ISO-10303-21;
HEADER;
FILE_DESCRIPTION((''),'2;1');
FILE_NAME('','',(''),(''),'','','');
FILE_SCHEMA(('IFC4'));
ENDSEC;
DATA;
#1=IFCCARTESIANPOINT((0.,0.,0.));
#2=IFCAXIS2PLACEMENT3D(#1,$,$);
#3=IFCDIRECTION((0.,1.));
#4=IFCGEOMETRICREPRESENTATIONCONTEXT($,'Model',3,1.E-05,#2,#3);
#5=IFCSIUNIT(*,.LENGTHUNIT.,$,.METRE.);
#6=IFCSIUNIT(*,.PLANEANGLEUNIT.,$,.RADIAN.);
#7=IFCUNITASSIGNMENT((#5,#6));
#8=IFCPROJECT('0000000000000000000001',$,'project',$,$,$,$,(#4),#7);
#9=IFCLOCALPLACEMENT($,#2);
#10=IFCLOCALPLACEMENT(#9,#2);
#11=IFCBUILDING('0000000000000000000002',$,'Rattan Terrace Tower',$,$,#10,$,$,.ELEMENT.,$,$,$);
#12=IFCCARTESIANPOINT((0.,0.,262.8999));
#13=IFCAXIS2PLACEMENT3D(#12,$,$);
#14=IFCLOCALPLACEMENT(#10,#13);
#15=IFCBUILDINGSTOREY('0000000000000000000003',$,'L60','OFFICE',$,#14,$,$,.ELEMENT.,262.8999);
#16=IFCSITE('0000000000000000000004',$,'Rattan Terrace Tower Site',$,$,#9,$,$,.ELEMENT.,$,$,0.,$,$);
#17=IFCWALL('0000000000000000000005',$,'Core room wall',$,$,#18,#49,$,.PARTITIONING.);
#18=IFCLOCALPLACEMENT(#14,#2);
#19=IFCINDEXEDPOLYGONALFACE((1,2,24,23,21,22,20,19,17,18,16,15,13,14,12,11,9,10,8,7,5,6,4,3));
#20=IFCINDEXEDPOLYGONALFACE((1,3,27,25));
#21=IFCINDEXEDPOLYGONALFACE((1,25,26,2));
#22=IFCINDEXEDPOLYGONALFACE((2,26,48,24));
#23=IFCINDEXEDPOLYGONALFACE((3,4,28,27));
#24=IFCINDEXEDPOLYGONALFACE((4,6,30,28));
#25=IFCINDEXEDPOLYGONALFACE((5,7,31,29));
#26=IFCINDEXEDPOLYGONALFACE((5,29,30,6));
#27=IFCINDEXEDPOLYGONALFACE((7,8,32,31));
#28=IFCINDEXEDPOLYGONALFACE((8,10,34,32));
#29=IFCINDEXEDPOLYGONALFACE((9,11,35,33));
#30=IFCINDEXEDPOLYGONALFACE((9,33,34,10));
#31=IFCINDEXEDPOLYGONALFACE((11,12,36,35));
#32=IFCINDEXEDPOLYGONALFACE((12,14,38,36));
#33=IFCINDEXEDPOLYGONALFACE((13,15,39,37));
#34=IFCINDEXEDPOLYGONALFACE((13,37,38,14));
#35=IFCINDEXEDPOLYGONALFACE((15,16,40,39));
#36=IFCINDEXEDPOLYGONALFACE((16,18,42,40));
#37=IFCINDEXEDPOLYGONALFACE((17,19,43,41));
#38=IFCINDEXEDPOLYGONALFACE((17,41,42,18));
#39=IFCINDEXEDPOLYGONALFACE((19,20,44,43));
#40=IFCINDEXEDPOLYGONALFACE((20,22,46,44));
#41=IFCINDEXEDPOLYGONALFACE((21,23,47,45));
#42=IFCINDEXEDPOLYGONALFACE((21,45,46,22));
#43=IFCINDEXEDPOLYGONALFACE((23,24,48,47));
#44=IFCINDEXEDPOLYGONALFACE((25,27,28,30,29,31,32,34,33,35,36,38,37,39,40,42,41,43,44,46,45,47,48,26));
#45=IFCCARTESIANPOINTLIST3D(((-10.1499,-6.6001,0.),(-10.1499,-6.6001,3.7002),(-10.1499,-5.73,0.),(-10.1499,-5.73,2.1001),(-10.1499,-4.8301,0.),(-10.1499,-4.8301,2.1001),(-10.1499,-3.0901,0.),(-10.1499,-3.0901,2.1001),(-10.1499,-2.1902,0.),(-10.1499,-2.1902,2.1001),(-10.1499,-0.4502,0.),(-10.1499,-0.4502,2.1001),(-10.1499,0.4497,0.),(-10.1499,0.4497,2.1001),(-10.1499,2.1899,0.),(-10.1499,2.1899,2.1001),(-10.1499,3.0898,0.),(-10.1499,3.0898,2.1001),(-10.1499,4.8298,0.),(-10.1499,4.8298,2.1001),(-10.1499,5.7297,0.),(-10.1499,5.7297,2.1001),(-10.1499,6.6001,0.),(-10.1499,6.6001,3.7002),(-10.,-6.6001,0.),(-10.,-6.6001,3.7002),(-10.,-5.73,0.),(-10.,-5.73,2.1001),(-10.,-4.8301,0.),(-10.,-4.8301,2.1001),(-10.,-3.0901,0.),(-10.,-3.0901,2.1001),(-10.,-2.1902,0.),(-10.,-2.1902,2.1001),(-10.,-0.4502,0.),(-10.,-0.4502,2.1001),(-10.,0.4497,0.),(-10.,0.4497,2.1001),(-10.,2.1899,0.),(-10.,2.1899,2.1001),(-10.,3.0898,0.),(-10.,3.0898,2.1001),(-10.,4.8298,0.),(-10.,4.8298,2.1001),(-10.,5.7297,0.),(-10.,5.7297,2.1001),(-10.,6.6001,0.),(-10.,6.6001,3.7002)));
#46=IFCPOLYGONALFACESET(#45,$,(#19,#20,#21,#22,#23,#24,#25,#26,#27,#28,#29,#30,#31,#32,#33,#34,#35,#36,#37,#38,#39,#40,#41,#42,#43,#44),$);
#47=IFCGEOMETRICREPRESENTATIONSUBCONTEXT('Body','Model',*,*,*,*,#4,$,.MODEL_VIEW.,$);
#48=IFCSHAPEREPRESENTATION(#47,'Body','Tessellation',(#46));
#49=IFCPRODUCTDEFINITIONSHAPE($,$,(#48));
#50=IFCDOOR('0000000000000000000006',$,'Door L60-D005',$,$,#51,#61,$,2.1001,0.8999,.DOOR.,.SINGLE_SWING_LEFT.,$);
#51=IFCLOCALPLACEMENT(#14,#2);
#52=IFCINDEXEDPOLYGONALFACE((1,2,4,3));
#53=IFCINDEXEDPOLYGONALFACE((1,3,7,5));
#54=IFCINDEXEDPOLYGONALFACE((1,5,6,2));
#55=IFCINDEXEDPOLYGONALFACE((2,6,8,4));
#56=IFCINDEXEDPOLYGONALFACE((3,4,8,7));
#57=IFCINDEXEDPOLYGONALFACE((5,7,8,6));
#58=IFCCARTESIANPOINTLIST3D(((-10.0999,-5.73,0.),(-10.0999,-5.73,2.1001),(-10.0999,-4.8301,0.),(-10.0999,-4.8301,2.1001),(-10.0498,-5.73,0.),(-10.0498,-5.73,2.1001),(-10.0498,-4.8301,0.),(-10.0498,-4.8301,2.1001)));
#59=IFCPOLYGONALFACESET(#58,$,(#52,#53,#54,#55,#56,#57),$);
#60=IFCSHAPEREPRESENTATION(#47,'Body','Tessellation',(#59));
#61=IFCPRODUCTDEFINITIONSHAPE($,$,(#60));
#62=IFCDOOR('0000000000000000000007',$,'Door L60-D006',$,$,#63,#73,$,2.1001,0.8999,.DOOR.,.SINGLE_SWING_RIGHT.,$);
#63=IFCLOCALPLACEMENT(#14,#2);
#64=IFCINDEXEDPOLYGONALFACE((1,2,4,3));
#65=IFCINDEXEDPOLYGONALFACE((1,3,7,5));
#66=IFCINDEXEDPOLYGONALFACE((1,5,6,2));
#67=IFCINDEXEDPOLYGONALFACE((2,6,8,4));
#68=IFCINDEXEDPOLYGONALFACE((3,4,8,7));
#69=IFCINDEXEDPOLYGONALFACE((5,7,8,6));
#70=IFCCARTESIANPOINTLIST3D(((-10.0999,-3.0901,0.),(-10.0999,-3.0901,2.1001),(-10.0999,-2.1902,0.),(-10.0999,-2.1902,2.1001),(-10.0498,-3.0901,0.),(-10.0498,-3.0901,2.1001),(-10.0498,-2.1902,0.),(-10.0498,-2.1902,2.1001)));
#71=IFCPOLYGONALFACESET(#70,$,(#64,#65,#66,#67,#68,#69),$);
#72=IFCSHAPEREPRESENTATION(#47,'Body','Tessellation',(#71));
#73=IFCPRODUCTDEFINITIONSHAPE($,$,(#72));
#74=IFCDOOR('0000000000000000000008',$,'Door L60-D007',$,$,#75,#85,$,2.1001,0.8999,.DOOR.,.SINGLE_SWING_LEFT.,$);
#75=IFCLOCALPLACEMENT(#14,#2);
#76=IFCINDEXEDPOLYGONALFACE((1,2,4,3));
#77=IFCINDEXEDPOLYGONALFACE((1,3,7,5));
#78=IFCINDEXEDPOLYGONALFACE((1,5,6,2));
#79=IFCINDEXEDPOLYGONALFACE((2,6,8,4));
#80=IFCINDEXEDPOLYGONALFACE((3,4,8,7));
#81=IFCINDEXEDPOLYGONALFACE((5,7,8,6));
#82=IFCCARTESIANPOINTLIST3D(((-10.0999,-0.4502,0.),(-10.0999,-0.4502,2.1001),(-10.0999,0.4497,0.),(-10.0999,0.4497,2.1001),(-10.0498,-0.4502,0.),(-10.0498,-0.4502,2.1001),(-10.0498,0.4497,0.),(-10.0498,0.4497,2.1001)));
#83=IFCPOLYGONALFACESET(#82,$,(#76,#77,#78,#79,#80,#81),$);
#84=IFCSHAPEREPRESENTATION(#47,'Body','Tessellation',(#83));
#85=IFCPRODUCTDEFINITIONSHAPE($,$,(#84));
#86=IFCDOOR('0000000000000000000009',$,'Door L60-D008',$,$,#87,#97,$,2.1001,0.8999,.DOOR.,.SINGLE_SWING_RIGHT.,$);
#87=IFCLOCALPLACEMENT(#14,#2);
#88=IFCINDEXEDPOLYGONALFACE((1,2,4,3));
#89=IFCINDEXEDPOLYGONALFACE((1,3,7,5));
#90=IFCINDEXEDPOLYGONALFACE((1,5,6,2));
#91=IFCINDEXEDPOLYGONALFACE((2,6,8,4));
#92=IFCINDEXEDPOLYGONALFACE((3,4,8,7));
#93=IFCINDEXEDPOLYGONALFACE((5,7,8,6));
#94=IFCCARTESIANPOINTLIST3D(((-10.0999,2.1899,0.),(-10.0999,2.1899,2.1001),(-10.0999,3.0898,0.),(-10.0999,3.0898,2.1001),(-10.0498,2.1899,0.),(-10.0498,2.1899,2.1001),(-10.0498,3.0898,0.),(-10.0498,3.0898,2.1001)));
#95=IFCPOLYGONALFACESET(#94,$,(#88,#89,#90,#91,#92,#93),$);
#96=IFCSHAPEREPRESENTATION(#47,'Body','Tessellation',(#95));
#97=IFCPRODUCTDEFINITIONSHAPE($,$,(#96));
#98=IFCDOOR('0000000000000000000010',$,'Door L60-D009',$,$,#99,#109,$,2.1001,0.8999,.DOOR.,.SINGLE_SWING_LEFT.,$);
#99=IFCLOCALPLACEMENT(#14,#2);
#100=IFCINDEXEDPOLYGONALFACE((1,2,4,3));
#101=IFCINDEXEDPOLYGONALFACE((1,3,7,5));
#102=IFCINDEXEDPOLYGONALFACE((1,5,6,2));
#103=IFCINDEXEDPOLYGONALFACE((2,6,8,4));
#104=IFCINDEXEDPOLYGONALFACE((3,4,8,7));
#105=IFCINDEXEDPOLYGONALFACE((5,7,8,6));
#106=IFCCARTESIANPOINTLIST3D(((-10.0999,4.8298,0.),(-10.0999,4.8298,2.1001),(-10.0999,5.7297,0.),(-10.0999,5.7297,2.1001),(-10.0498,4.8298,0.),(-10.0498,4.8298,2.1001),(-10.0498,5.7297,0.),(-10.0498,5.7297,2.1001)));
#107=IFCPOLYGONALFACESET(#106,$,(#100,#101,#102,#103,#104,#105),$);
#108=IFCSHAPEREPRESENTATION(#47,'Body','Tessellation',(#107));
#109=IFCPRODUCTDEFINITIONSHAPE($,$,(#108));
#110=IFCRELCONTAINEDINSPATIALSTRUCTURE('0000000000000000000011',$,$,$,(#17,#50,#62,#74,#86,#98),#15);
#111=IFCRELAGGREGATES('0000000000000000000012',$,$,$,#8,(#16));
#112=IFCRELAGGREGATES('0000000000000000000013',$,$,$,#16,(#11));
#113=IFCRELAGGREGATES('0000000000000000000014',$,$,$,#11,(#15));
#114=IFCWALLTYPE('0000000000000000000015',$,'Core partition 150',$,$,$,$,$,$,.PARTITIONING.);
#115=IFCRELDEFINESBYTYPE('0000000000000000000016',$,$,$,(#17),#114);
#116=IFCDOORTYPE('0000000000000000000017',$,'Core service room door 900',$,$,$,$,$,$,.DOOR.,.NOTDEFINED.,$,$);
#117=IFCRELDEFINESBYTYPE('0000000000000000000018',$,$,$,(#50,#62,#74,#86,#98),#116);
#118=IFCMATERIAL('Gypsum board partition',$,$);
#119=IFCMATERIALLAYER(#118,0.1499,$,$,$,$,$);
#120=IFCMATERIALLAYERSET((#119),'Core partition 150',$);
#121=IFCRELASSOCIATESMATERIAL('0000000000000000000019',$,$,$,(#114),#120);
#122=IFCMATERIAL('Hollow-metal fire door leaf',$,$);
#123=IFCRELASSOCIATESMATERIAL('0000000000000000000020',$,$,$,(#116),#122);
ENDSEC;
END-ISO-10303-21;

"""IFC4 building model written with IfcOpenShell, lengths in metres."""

from ifc_helpers import new_model, si_unit, direction, frame, frame_2d, origin, place, context, subcontext, project, spatial, rectangle, extrude, material, layer, layer_set, type_object, element, fill, save


model = new_model("IFC4")

# Units and contexts
model_context = context("Model", 3, precision=1e-05, world=origin(), true_north=direction((0.0, 1.0)))
body_context = subcontext(model_context, "Body", "Model", "MODEL_VIEW")
ifc_project = project(units=[si_unit("LENGTHUNIT", "METRE"), si_unit("PLANEANGLEUNIT", "RADIAN")], contexts=[model_context])

# Site, building, storey
site_placement = place(None, origin())
site = spatial("IfcSite", under=ifc_project, at=site_placement, Name="Rattan Terrace Tower Site", CompositionType="ELEMENT", RefElevation=0.0)
building_placement = place(site_placement, origin())
building = spatial("IfcBuilding", under=site, at=building_placement, Name="Rattan Terrace Tower", CompositionType="ELEMENT")
storey_placement = place(building_placement, frame((0.0, 0.0, 262.8999)))
storey = spatial("IfcBuildingStorey", under=building, at=storey_placement, Name="L60", Description="OFFICE", CompositionType="ELEMENT", Elevation=262.8999)

# Wall, openings, doors
ifc_material_1 = material(Name="Gypsum board partition")
ifc_layer_1 = layer(ifc_material_1, 0.1499)
ifc_layer_set_1 = layer_set([ifc_layer_1], Name="Core partition 150")
wall_type_1 = type_object("IfcWallType", Name="Core partition 150", PredefinedType="PARTITIONING", material=ifc_layer_set_1)
wall_1_placement = place(storey_placement, frame((-10.075, -6.6001, 0.0), z_axis=(0.0, 0.0, 1.0), x_axis=(0.0, 1.0, 0.0)))
wall_1 = element("IfcWall", 1, at=wall_1_placement, inside=storey, type_object=wall_type_1, Name="Core room wall", PredefinedType="PARTITIONING", context=body_context, shape_type="SweptSolid", body=[
    extrude(rectangle(XDim=13.2002, YDim=0.1499, at=frame_2d((6.6001, 0.0))), origin(), (0.0, 0.0, 1.0), 3.7002),
])
opening_1_placement = place(wall_1_placement, frame((0.8701, 0.0, 0.0)))
opening_1 = element("IfcOpeningElement", 2, at=opening_1_placement, cuts=wall_1, PredefinedType="OPENING", context=body_context, shape_type="SweptSolid", body=[
    extrude(rectangle(XDim=0.8999, YDim=2.1001, at=frame_2d((0.45, 1.05))), frame((0.0, 0.0854, 0.0), z_axis=(0.0, -1.0, 0.0), x_axis=(1.0, 0.0, 0.0)), (0.0, 0.0, 1.0), 0.1709),
])
opening_2_placement = place(wall_1_placement, frame((3.51, 0.0, 0.0)))
opening_2 = element("IfcOpeningElement", 3, at=opening_2_placement, cuts=wall_1, PredefinedType="OPENING", context=body_context, shape_type="SweptSolid", body=[
    extrude(rectangle(XDim=0.8999, YDim=2.1001, at=frame_2d((0.45, 1.05))), frame((0.0, 0.0854, 0.0), z_axis=(0.0, -1.0, 0.0), x_axis=(1.0, 0.0, 0.0)), (0.0, 0.0, 1.0), 0.1709),
])
opening_3_placement = place(wall_1_placement, frame((6.1499, 0.0, 0.0)))
opening_3 = element("IfcOpeningElement", 4, at=opening_3_placement, cuts=wall_1, PredefinedType="OPENING", context=body_context, shape_type="SweptSolid", body=[
    extrude(rectangle(XDim=0.8999, YDim=2.1001, at=frame_2d((0.45, 1.05))), frame((0.0, 0.0854, 0.0), z_axis=(0.0, -1.0, 0.0), x_axis=(1.0, 0.0, 0.0)), (0.0, 0.0, 1.0), 0.1709),
])
opening_4_placement = place(wall_1_placement, frame((8.79, 0.0, 0.0)))
opening_4 = element("IfcOpeningElement", 5, at=opening_4_placement, cuts=wall_1, PredefinedType="OPENING", context=body_context, shape_type="SweptSolid", body=[
    extrude(rectangle(XDim=0.8999, YDim=2.1001, at=frame_2d((0.45, 1.05))), frame((0.0, 0.0854, 0.0), z_axis=(0.0, -1.0, 0.0), x_axis=(1.0, 0.0, 0.0)), (0.0, 0.0, 1.0), 0.1709),
])
opening_5_placement = place(wall_1_placement, frame((11.4299, 0.0, 0.0)))
opening_5 = element("IfcOpeningElement", 6, at=opening_5_placement, cuts=wall_1, PredefinedType="OPENING", context=body_context, shape_type="SweptSolid", body=[
    extrude(rectangle(XDim=0.8999, YDim=2.1001, at=frame_2d((0.45, 1.05))), frame((0.0, 0.0854, 0.0), z_axis=(0.0, -1.0, 0.0), x_axis=(1.0, 0.0, 0.0)), (0.0, 0.0, 1.0), 0.1709),
])
ifc_material_2 = material(Name="Hollow-metal fire door leaf")
door_type_1 = type_object("IfcDoorType", Name="Core service room door 900", OperationType="NOTDEFINED", PredefinedType="DOOR", material=ifc_material_2)
door_1_placement = place(opening_1_placement, origin())
door_1 = element("IfcDoor", 7, at=door_1_placement, inside=storey, type_object=door_type_1, Name="Door L60-D005", OperationType="SINGLE_SWING_LEFT", OverallHeight=2.1001, OverallWidth=0.8999, PredefinedType="DOOR", context=body_context, shape_type="SweptSolid", body=[
    extrude(rectangle(XDim=0.8999, YDim=2.1001, at=frame_2d((0.45, 1.05))), frame((0.0, 0.0249, 0.0), z_axis=(0.0, -1.0, 0.0), x_axis=(1.0, 0.0, 0.0)), (0.0, 0.0, 1.0), 0.05),
])
fill(opening_1, door_1)
door_2_placement = place(opening_2_placement, origin())
door_2 = element("IfcDoor", 8, at=door_2_placement, inside=storey, type_object=door_type_1, Name="Door L60-D006", OperationType="SINGLE_SWING_RIGHT", OverallHeight=2.1001, OverallWidth=0.8999, PredefinedType="DOOR", context=body_context, shape_type="SweptSolid", body=[
    extrude(rectangle(XDim=0.8999, YDim=2.1001, at=frame_2d((0.45, 1.05))), frame((0.0, 0.0249, 0.0), z_axis=(0.0, -1.0, 0.0), x_axis=(1.0, 0.0, 0.0)), (0.0, 0.0, 1.0), 0.05),
])
fill(opening_2, door_2)
door_3_placement = place(opening_3_placement, origin())
door_3 = element("IfcDoor", 9, at=door_3_placement, inside=storey, type_object=door_type_1, Name="Door L60-D007", OperationType="SINGLE_SWING_LEFT", OverallHeight=2.1001, OverallWidth=0.8999, PredefinedType="DOOR", context=body_context, shape_type="SweptSolid", body=[
    extrude(rectangle(XDim=0.8999, YDim=2.1001, at=frame_2d((0.45, 1.05))), frame((0.0, 0.0249, 0.0), z_axis=(0.0, -1.0, 0.0), x_axis=(1.0, 0.0, 0.0)), (0.0, 0.0, 1.0), 0.05),
])
fill(opening_3, door_3)
door_4_placement = place(opening_4_placement, origin())
door_4 = element("IfcDoor", 10, at=door_4_placement, inside=storey, type_object=door_type_1, Name="Door L60-D008", OperationType="SINGLE_SWING_RIGHT", OverallHeight=2.1001, OverallWidth=0.8999, PredefinedType="DOOR", context=body_context, shape_type="SweptSolid", body=[
    extrude(rectangle(XDim=0.8999, YDim=2.1001, at=frame_2d((0.45, 1.05))), frame((0.0, 0.0249, 0.0), z_axis=(0.0, -1.0, 0.0), x_axis=(1.0, 0.0, 0.0)), (0.0, 0.0, 1.0), 0.05),
])
fill(opening_4, door_4)
door_5_placement = place(opening_5_placement, origin())
door_5 = element("IfcDoor", 11, at=door_5_placement, inside=storey, type_object=door_type_1, Name="Door L60-D009", OperationType="SINGLE_SWING_LEFT", OverallHeight=2.1001, OverallWidth=0.8999, PredefinedType="DOOR", context=body_context, shape_type="SweptSolid", body=[
    extrude(rectangle(XDim=0.8999, YDim=2.1001, at=frame_2d((0.45, 1.05))), frame((0.0, 0.0249, 0.0), z_axis=(0.0, -1.0, 0.0), x_axis=(1.0, 0.0, 0.0)), (0.0, 0.0, 1.0), 0.05),
])
fill(opening_5, door_5)

save(model, "model.ifc")
